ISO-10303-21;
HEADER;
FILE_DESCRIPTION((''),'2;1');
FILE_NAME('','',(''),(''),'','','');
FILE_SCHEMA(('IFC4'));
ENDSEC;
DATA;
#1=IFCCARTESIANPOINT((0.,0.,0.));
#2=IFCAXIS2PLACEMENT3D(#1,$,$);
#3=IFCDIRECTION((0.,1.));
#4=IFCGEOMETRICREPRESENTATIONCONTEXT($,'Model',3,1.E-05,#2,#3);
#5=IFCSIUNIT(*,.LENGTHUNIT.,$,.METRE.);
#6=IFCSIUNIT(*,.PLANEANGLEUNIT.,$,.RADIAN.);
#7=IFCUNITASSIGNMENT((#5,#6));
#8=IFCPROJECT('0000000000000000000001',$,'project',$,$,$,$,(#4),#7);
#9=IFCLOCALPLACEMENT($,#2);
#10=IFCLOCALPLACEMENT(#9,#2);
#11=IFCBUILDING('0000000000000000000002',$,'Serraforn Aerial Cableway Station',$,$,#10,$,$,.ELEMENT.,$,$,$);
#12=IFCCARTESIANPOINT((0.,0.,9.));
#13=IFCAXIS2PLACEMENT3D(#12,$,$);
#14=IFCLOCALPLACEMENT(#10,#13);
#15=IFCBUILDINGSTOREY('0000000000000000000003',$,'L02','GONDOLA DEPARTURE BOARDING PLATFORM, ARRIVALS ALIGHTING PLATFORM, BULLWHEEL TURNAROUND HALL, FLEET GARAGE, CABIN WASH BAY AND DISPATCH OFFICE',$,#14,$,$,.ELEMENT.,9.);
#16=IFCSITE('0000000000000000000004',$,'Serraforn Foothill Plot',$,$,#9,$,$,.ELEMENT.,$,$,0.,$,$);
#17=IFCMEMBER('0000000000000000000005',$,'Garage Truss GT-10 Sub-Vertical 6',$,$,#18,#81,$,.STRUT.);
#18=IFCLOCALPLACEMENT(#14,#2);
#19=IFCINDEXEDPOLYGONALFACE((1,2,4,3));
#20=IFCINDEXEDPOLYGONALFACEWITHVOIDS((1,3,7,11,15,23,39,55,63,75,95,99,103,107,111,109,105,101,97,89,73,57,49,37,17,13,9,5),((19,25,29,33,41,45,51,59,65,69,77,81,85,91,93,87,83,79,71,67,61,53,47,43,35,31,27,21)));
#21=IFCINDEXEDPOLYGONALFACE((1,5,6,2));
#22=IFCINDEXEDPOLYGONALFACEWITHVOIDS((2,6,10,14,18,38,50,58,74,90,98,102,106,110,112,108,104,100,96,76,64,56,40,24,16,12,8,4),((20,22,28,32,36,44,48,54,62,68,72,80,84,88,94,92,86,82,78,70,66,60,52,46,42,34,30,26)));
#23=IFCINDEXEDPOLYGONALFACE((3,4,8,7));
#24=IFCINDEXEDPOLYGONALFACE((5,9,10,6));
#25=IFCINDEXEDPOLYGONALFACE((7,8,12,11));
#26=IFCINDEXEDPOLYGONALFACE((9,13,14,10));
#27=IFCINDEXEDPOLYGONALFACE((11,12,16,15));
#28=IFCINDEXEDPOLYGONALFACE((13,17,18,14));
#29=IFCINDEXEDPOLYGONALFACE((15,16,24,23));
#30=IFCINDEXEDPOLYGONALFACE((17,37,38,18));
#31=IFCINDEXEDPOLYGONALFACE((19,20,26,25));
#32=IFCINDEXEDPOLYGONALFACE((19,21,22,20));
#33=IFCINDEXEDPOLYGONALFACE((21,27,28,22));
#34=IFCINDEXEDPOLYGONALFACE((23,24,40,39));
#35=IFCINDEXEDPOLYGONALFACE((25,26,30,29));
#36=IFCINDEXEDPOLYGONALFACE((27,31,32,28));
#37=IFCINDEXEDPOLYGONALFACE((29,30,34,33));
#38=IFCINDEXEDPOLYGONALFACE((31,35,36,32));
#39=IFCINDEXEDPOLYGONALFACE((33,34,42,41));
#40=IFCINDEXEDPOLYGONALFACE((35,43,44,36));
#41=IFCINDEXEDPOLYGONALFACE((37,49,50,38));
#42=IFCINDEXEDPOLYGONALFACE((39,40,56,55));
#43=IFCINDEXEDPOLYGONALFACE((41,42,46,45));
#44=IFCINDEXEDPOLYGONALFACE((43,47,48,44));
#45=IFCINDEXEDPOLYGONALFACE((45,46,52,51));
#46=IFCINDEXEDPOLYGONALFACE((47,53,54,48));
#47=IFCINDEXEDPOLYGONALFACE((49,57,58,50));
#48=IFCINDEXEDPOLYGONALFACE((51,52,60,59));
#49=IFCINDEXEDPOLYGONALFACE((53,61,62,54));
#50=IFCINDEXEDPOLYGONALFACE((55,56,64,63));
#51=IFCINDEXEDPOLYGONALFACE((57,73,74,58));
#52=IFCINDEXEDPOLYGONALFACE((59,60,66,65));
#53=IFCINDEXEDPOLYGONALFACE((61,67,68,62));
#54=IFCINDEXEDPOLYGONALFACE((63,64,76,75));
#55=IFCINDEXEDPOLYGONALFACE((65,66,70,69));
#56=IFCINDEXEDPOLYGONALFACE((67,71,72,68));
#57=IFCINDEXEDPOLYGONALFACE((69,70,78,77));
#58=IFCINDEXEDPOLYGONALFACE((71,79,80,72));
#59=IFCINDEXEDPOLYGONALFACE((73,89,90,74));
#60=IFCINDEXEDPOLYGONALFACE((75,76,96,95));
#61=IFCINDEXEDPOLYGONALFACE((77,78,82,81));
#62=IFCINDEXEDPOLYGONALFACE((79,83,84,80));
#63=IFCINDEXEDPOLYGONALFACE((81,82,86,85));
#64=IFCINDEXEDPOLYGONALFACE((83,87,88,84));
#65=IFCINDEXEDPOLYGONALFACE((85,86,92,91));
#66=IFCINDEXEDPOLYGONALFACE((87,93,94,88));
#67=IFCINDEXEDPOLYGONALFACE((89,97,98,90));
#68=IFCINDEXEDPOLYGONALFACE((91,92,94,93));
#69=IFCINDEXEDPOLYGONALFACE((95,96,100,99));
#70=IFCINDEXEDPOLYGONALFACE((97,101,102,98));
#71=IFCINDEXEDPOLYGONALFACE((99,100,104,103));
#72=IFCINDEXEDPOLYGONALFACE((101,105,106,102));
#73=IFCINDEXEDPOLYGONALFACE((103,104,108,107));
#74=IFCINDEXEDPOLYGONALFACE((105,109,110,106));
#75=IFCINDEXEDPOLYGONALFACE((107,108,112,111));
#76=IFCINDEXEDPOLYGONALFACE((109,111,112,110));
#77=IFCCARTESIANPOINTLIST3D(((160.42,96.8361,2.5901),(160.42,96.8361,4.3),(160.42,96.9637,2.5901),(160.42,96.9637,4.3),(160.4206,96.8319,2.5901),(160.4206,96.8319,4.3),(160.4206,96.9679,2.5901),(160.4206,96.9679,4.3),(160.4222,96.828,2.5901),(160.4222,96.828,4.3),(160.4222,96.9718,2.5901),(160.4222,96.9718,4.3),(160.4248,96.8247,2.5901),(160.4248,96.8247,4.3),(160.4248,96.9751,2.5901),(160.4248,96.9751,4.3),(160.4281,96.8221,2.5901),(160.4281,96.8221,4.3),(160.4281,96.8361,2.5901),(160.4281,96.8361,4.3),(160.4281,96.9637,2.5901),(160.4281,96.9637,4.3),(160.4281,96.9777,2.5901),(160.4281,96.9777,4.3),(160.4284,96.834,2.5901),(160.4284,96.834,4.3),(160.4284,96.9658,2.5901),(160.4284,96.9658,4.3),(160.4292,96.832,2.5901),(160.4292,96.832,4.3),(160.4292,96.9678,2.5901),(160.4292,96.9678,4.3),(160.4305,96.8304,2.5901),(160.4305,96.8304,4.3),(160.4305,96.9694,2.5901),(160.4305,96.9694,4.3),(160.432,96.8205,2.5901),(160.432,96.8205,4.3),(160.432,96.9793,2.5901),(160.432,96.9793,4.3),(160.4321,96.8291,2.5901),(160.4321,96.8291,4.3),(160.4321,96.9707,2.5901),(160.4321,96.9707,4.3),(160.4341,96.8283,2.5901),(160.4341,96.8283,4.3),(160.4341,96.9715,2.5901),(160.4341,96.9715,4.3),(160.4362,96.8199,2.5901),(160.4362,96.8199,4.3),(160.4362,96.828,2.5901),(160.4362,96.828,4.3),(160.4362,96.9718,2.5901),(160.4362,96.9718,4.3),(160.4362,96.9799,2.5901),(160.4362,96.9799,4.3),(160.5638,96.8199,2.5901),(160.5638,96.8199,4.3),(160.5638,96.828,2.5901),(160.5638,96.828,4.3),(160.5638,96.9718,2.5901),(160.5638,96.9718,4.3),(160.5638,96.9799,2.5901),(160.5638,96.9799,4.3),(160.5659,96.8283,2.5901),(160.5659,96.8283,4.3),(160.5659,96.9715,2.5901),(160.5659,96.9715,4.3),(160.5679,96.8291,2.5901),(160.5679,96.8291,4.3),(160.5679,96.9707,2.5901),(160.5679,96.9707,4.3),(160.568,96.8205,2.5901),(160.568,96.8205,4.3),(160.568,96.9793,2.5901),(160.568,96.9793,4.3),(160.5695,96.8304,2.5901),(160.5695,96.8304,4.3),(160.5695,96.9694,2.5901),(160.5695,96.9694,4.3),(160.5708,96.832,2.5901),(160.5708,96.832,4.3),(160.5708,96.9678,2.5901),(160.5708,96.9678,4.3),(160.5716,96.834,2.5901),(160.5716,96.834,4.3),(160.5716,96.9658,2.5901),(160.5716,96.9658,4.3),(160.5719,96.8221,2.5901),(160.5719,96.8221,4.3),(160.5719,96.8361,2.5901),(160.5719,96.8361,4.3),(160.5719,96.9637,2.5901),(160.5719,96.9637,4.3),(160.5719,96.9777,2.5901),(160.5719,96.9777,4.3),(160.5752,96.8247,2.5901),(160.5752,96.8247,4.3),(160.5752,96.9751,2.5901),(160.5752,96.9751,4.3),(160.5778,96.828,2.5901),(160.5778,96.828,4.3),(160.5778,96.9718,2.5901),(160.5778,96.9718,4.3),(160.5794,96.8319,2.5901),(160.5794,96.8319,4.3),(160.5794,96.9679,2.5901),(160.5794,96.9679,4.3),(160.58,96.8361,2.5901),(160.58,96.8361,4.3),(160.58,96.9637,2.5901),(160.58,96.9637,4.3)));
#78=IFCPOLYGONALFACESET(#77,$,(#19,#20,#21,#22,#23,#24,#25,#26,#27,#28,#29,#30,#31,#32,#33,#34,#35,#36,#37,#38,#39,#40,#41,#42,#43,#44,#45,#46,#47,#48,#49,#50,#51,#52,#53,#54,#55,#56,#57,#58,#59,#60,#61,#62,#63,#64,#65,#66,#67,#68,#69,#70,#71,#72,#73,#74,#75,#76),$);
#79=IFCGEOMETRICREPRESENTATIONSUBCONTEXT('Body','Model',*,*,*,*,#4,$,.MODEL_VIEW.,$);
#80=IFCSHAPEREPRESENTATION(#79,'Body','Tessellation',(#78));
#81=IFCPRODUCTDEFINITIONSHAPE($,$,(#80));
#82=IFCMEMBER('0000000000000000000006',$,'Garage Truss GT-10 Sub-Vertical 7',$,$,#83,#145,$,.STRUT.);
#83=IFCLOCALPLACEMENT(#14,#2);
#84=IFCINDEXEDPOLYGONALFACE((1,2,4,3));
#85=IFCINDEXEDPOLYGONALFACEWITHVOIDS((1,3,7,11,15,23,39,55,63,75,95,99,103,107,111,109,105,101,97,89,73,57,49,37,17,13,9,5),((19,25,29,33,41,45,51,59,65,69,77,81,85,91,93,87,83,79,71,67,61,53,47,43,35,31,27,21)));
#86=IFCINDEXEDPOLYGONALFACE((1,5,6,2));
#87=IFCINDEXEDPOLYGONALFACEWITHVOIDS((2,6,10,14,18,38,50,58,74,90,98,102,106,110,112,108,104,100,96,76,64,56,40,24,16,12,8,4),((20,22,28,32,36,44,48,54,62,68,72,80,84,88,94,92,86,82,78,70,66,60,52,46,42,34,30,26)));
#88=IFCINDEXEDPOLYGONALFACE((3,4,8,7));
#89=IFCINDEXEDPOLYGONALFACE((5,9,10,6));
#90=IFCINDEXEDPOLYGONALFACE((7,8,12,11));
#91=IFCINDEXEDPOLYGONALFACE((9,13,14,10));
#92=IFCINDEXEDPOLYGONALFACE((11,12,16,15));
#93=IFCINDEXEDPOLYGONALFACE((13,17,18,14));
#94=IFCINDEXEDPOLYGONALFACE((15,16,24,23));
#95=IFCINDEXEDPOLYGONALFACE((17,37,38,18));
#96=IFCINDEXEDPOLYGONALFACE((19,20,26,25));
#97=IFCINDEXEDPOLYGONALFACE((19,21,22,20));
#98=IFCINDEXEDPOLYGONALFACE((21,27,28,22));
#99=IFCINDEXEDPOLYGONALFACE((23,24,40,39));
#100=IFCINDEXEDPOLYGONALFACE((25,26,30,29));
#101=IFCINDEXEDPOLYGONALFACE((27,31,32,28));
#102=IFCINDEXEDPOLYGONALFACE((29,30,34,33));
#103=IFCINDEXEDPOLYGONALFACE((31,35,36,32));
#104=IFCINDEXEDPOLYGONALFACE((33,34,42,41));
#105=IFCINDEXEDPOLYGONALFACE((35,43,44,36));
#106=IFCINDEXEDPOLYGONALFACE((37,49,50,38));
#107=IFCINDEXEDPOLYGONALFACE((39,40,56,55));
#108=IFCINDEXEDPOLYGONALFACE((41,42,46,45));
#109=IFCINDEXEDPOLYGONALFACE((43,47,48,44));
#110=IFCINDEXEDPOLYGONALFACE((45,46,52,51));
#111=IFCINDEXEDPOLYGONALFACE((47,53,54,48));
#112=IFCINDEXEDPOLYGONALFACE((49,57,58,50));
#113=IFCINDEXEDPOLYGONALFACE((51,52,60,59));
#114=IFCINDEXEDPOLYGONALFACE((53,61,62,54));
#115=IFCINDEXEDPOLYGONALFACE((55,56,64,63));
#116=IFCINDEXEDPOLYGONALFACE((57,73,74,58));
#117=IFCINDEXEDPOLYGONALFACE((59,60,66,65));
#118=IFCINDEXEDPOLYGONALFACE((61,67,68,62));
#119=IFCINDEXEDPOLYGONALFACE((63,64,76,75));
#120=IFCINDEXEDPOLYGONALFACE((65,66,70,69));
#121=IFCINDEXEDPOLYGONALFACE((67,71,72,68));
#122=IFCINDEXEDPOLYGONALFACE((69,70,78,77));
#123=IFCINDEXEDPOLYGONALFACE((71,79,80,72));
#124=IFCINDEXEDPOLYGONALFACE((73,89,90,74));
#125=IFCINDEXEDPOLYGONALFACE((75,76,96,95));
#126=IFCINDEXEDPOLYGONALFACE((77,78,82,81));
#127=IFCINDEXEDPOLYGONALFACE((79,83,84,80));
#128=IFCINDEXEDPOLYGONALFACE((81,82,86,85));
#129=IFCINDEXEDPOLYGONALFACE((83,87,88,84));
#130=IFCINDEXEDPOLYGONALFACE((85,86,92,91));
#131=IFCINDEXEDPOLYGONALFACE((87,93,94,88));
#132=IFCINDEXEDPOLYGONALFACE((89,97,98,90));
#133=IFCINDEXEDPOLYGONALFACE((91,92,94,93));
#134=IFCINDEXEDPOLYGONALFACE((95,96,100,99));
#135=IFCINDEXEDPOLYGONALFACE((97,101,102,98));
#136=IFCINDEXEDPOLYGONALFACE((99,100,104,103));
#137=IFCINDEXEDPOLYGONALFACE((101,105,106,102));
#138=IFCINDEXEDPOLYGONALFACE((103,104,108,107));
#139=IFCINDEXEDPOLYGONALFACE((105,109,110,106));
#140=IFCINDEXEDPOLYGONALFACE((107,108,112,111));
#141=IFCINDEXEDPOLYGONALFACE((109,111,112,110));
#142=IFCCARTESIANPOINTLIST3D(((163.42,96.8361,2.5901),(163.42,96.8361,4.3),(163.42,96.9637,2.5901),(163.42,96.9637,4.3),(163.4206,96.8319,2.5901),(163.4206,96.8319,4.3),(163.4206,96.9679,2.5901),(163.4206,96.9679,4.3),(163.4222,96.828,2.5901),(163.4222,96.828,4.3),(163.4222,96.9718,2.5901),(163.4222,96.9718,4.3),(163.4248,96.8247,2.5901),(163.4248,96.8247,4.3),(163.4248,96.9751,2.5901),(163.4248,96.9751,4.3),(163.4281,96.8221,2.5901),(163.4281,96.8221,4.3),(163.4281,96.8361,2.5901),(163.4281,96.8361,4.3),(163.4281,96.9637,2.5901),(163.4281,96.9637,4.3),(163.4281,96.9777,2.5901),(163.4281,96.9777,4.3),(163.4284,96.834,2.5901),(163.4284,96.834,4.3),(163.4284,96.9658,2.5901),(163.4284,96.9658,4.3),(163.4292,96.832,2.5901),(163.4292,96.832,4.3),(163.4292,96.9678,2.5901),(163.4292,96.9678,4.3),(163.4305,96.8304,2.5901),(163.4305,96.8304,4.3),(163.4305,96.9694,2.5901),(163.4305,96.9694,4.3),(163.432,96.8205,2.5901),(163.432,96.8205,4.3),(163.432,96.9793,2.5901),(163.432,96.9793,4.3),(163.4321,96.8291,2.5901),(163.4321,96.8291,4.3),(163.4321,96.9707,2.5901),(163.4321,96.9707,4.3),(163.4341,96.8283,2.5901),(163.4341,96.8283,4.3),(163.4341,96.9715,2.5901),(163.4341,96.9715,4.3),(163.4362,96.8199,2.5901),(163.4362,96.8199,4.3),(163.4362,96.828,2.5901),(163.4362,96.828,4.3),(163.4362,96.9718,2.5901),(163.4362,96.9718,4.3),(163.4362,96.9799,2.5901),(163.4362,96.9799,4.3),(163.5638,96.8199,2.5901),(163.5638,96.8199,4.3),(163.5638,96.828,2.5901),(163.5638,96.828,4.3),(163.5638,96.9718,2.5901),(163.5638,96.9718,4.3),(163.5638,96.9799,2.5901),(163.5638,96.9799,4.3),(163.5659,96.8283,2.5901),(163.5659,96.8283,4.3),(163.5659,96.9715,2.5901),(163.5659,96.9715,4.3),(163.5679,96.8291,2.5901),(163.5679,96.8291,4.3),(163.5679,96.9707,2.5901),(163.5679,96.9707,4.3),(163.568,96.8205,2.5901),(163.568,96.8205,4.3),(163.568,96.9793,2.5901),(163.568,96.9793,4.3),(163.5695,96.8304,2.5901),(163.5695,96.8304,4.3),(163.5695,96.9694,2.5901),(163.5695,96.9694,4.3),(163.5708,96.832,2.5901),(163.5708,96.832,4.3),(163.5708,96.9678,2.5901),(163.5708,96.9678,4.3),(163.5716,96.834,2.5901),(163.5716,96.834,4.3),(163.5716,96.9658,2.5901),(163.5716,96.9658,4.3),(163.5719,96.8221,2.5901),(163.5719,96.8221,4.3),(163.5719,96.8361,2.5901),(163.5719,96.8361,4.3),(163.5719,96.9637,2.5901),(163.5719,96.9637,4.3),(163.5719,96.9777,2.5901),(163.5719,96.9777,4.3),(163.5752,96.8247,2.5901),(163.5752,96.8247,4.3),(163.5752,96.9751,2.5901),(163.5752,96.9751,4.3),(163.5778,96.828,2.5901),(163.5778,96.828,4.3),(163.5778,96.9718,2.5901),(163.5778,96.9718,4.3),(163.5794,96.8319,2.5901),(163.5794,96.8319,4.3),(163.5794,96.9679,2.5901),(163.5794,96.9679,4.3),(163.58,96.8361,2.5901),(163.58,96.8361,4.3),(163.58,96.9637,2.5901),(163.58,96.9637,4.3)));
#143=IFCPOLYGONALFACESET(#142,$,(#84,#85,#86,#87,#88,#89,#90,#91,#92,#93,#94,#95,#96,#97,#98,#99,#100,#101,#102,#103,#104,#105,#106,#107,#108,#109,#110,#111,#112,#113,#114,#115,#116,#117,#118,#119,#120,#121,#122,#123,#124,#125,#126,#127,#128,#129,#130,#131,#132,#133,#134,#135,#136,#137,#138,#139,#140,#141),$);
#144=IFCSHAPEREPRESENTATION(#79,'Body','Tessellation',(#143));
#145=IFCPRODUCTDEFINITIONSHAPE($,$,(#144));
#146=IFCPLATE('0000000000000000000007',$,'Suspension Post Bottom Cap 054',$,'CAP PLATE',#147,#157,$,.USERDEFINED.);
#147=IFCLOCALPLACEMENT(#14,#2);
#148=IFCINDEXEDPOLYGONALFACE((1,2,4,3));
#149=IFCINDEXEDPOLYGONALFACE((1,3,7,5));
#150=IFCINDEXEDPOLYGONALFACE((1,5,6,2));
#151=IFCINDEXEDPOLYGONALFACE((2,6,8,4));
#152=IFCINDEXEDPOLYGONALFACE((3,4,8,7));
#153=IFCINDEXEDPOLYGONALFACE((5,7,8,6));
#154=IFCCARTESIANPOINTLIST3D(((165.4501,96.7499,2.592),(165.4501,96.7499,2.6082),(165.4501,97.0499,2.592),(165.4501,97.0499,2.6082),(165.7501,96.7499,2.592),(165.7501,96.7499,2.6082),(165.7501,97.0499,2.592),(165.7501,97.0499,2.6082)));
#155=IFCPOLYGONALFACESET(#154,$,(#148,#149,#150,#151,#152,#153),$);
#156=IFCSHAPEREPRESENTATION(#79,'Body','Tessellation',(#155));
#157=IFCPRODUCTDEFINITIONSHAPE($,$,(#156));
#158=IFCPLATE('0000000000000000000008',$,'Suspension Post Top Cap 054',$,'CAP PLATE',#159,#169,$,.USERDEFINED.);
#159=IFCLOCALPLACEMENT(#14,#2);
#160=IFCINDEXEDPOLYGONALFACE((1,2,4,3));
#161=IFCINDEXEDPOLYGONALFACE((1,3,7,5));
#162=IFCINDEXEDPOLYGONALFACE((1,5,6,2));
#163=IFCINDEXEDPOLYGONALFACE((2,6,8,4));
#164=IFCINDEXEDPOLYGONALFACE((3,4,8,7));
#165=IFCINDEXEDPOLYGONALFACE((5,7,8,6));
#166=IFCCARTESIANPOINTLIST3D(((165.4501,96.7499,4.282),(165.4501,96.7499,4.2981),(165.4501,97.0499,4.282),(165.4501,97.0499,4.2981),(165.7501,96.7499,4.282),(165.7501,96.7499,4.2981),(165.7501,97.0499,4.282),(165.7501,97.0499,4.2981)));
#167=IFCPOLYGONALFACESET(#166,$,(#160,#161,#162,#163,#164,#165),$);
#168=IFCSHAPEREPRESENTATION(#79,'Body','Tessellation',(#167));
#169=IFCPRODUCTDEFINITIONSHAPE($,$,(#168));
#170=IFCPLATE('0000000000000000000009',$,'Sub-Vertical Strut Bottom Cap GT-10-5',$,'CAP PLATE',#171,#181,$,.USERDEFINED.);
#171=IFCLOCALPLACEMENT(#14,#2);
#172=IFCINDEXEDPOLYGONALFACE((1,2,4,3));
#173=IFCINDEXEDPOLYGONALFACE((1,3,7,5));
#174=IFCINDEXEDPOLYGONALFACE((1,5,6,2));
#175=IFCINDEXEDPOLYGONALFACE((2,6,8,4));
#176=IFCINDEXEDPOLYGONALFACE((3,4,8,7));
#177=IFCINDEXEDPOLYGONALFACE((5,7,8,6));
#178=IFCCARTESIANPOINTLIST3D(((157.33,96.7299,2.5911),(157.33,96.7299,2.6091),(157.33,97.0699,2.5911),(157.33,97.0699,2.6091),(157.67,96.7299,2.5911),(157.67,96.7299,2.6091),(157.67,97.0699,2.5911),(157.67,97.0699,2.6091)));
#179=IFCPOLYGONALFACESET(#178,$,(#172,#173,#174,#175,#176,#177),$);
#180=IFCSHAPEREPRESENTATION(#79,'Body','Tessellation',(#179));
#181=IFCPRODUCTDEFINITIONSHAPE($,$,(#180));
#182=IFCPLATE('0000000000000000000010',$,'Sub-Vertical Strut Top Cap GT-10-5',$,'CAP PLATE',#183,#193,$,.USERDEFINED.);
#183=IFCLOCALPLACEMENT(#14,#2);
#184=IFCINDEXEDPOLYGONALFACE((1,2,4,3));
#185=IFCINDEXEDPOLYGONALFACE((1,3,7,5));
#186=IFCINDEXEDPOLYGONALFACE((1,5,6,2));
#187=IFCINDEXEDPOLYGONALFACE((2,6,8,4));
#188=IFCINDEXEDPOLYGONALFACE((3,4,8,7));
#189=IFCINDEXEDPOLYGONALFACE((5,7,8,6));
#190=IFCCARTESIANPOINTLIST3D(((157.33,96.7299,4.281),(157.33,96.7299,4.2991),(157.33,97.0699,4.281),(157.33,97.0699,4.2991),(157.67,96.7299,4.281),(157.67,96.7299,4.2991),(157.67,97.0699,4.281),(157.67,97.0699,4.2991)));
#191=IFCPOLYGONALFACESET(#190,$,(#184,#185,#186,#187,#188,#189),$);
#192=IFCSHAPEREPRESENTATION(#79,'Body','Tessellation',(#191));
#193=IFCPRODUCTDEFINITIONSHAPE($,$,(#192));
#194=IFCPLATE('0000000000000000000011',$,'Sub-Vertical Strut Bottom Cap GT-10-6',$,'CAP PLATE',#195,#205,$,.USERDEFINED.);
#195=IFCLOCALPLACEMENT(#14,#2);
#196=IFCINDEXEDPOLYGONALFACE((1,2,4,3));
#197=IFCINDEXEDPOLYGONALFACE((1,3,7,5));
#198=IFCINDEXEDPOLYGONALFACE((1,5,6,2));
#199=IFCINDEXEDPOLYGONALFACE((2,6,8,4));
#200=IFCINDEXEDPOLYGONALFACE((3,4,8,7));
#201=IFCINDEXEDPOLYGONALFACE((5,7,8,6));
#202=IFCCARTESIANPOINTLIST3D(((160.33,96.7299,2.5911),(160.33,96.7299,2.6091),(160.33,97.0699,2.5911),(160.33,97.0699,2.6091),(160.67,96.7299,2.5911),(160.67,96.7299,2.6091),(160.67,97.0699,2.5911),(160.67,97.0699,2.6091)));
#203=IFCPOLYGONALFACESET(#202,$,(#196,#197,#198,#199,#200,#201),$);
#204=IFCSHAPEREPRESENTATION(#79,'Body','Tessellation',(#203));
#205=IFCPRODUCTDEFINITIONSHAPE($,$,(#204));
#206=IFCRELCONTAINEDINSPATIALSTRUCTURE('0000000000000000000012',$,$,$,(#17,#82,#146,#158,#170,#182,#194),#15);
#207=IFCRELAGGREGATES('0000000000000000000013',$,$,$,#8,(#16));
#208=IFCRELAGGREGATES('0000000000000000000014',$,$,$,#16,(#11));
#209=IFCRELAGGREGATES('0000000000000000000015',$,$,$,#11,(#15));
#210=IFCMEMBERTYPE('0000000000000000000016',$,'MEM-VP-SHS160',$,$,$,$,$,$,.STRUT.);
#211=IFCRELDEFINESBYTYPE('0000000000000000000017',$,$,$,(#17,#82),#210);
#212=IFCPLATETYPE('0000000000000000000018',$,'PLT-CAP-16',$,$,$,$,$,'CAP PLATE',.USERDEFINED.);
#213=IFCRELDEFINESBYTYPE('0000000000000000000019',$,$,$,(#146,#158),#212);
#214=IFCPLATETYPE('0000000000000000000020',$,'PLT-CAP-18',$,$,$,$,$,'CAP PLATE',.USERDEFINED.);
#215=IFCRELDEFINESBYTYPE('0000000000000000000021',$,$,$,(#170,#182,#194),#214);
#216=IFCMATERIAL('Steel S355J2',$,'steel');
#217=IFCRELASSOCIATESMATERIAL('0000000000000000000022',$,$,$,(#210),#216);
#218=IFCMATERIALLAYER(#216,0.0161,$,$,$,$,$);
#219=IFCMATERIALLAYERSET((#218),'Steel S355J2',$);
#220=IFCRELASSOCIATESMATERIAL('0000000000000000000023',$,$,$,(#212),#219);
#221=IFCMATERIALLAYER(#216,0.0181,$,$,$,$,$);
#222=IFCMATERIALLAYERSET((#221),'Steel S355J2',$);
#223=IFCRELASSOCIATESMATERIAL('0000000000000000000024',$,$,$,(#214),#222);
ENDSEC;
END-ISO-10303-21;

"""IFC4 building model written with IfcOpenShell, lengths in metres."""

from ifc_helpers import new_model, si_unit, direction, frame, origin, origin_2d, place, context, subcontext, project, spatial, rectangle, hollow_rectangle, extrude, material, layer, layer_set, material_profile, profile_set, type_object, element, save


model = new_model("IFC4")

# Units and contexts
model_context = context("Model", 3, precision=1e-05, world=origin(), true_north=direction((0.0, 1.0)))
body_context = subcontext(model_context, "Body", "Model", "MODEL_VIEW")
ifc_project = project(units=[si_unit("LENGTHUNIT", "METRE"), si_unit("PLANEANGLEUNIT", "RADIAN")], contexts=[model_context])

# Site, building, storey
site_placement = place(None, origin())
site = spatial("IfcSite", under=ifc_project, at=site_placement, Name="Serraforn Foothill Plot", CompositionType="ELEMENT", RefElevation=0.0)
building_placement = place(site_placement, origin())
building = spatial("IfcBuilding", under=site, at=building_placement, Name="Serraforn Aerial Cableway Station", CompositionType="ELEMENT")
storey_placement = place(building_placement, frame((0.0, 0.0, 9.0)))
storey = spatial("IfcBuildingStorey", under=building, at=storey_placement, Name="L02", Description="GONDOLA DEPARTURE BOARDING PLATFORM, ARRIVALS ALIGHTING PLATFORM, BULLWHEEL TURNAROUND HALL, FLEET GARAGE, CABIN WASH BAY AND DISPATCH OFFICE", CompositionType="ELEMENT", Elevation=9.0)

# Members
ifc_material_1 = material(Name="Steel S355J2", Category="steel")
ifc_material_profile_1 = material_profile(ifc_material_1, hollow_rectangle(XDim=0.1599, YDim=0.1599, WallThickness=0.0081, InnerFilletRadius=0.0081, OuterFilletRadius=0.0161, at=origin_2d()), Name="SHS 160x160x8.0")
ifc_profile_set_1 = profile_set([ifc_material_profile_1], Name="Steel S355J2")
member_type_1 = type_object("IfcMemberType", Name="MEM-VP-SHS160", PredefinedType="STRUT", material=ifc_profile_set_1)
for number, where, z_axis, x_axis, name in (
    (1, (160.5, 96.8999, 2.5901), (0.0, 0.0, 1.0), (1.0, 0.0, 0.0), "Garage Truss GT-10 Sub-Vertical 6"),
    (2, (163.5, 96.8999, 2.5901), (0.0, 0.0, 1.0), (1.0, 0.0, 0.0), "Garage Truss GT-10 Sub-Vertical 7"),
):
    element("IfcMember", number, at=place(storey_placement, frame(where, z_axis=z_axis, x_axis=x_axis)), inside=storey, type_object=member_type_1, Name=name, PredefinedType="STRUT", context=body_context, shape_type="SweptSolid", body=[
        extrude(hollow_rectangle(XDim=0.1599, YDim=0.1599, WallThickness=0.0081, InnerFilletRadius=0.0081, OuterFilletRadius=0.0161, at=origin_2d()), origin(), (0.0, 0.0, 1.0), 1.71),
    ])

# Plates
ifc_layer_1 = layer(ifc_material_1, 0.0161)
ifc_layer_set_1 = layer_set([ifc_layer_1], Name="Steel S355J2")
plate_type_1 = type_object("IfcPlateType", Name="PLT-CAP-16", ElementType="CAP PLATE", PredefinedType="USERDEFINED", material=ifc_layer_set_1)
for number, where, z_axis, x_axis, name in (
    (3, (165.6001, 96.8999, 2.592), (0.0, 0.0, 1.0), (1.0, 0.0, 0.0), "Suspension Post Bottom Cap 054"),
    (4, (165.6001, 96.8999, 4.282), (0.0, 0.0, 1.0), (1.0, 0.0, 0.0), "Suspension Post Top Cap 054"),
):
    element("IfcPlate", number, at=place(storey_placement, frame(where, z_axis=z_axis, x_axis=x_axis)), inside=storey, type_object=plate_type_1, Name=name, ObjectType="CAP PLATE", PredefinedType="USERDEFINED", context=body_context, shape_type="SweptSolid", body=[
        extrude(rectangle(XDim=0.3, YDim=0.3, at=origin_2d()), origin(), (0.0, 0.0, 1.0), 0.0161),
    ])
ifc_layer_2 = layer(ifc_material_1, 0.0181)
ifc_layer_set_2 = layer_set([ifc_layer_2], Name="Steel S355J2")
plate_type_2 = type_object("IfcPlateType", Name="PLT-CAP-18", ElementType="CAP PLATE", PredefinedType="USERDEFINED", material=ifc_layer_set_2)
for number, where, z_axis, x_axis, name in (
    (5, (157.5, 96.8999, 2.5911), (0.0, 0.0, 1.0), (1.0, 0.0, 0.0), "Sub-Vertical Strut Bottom Cap GT-10-5"),
    (6, (157.5, 96.8999, 4.281), (0.0, 0.0, 1.0), (1.0, 0.0, 0.0), "Sub-Vertical Strut Top Cap GT-10-5"),
    (7, (160.5, 96.8999, 2.5911), (0.0, 0.0, 1.0), (1.0, 0.0, 0.0), "Sub-Vertical Strut Bottom Cap GT-10-6"),
):
    element("IfcPlate", number, at=place(storey_placement, frame(where, z_axis=z_axis, x_axis=x_axis)), inside=storey, type_object=plate_type_2, Name=name, ObjectType="CAP PLATE", PredefinedType="USERDEFINED", context=body_context, shape_type="SweptSolid", body=[
        extrude(rectangle(XDim=0.3401, YDim=0.3401, at=origin_2d()), origin(), (0.0, 0.0, 1.0), 0.0181),
    ])

save(model, "model.ifc")
